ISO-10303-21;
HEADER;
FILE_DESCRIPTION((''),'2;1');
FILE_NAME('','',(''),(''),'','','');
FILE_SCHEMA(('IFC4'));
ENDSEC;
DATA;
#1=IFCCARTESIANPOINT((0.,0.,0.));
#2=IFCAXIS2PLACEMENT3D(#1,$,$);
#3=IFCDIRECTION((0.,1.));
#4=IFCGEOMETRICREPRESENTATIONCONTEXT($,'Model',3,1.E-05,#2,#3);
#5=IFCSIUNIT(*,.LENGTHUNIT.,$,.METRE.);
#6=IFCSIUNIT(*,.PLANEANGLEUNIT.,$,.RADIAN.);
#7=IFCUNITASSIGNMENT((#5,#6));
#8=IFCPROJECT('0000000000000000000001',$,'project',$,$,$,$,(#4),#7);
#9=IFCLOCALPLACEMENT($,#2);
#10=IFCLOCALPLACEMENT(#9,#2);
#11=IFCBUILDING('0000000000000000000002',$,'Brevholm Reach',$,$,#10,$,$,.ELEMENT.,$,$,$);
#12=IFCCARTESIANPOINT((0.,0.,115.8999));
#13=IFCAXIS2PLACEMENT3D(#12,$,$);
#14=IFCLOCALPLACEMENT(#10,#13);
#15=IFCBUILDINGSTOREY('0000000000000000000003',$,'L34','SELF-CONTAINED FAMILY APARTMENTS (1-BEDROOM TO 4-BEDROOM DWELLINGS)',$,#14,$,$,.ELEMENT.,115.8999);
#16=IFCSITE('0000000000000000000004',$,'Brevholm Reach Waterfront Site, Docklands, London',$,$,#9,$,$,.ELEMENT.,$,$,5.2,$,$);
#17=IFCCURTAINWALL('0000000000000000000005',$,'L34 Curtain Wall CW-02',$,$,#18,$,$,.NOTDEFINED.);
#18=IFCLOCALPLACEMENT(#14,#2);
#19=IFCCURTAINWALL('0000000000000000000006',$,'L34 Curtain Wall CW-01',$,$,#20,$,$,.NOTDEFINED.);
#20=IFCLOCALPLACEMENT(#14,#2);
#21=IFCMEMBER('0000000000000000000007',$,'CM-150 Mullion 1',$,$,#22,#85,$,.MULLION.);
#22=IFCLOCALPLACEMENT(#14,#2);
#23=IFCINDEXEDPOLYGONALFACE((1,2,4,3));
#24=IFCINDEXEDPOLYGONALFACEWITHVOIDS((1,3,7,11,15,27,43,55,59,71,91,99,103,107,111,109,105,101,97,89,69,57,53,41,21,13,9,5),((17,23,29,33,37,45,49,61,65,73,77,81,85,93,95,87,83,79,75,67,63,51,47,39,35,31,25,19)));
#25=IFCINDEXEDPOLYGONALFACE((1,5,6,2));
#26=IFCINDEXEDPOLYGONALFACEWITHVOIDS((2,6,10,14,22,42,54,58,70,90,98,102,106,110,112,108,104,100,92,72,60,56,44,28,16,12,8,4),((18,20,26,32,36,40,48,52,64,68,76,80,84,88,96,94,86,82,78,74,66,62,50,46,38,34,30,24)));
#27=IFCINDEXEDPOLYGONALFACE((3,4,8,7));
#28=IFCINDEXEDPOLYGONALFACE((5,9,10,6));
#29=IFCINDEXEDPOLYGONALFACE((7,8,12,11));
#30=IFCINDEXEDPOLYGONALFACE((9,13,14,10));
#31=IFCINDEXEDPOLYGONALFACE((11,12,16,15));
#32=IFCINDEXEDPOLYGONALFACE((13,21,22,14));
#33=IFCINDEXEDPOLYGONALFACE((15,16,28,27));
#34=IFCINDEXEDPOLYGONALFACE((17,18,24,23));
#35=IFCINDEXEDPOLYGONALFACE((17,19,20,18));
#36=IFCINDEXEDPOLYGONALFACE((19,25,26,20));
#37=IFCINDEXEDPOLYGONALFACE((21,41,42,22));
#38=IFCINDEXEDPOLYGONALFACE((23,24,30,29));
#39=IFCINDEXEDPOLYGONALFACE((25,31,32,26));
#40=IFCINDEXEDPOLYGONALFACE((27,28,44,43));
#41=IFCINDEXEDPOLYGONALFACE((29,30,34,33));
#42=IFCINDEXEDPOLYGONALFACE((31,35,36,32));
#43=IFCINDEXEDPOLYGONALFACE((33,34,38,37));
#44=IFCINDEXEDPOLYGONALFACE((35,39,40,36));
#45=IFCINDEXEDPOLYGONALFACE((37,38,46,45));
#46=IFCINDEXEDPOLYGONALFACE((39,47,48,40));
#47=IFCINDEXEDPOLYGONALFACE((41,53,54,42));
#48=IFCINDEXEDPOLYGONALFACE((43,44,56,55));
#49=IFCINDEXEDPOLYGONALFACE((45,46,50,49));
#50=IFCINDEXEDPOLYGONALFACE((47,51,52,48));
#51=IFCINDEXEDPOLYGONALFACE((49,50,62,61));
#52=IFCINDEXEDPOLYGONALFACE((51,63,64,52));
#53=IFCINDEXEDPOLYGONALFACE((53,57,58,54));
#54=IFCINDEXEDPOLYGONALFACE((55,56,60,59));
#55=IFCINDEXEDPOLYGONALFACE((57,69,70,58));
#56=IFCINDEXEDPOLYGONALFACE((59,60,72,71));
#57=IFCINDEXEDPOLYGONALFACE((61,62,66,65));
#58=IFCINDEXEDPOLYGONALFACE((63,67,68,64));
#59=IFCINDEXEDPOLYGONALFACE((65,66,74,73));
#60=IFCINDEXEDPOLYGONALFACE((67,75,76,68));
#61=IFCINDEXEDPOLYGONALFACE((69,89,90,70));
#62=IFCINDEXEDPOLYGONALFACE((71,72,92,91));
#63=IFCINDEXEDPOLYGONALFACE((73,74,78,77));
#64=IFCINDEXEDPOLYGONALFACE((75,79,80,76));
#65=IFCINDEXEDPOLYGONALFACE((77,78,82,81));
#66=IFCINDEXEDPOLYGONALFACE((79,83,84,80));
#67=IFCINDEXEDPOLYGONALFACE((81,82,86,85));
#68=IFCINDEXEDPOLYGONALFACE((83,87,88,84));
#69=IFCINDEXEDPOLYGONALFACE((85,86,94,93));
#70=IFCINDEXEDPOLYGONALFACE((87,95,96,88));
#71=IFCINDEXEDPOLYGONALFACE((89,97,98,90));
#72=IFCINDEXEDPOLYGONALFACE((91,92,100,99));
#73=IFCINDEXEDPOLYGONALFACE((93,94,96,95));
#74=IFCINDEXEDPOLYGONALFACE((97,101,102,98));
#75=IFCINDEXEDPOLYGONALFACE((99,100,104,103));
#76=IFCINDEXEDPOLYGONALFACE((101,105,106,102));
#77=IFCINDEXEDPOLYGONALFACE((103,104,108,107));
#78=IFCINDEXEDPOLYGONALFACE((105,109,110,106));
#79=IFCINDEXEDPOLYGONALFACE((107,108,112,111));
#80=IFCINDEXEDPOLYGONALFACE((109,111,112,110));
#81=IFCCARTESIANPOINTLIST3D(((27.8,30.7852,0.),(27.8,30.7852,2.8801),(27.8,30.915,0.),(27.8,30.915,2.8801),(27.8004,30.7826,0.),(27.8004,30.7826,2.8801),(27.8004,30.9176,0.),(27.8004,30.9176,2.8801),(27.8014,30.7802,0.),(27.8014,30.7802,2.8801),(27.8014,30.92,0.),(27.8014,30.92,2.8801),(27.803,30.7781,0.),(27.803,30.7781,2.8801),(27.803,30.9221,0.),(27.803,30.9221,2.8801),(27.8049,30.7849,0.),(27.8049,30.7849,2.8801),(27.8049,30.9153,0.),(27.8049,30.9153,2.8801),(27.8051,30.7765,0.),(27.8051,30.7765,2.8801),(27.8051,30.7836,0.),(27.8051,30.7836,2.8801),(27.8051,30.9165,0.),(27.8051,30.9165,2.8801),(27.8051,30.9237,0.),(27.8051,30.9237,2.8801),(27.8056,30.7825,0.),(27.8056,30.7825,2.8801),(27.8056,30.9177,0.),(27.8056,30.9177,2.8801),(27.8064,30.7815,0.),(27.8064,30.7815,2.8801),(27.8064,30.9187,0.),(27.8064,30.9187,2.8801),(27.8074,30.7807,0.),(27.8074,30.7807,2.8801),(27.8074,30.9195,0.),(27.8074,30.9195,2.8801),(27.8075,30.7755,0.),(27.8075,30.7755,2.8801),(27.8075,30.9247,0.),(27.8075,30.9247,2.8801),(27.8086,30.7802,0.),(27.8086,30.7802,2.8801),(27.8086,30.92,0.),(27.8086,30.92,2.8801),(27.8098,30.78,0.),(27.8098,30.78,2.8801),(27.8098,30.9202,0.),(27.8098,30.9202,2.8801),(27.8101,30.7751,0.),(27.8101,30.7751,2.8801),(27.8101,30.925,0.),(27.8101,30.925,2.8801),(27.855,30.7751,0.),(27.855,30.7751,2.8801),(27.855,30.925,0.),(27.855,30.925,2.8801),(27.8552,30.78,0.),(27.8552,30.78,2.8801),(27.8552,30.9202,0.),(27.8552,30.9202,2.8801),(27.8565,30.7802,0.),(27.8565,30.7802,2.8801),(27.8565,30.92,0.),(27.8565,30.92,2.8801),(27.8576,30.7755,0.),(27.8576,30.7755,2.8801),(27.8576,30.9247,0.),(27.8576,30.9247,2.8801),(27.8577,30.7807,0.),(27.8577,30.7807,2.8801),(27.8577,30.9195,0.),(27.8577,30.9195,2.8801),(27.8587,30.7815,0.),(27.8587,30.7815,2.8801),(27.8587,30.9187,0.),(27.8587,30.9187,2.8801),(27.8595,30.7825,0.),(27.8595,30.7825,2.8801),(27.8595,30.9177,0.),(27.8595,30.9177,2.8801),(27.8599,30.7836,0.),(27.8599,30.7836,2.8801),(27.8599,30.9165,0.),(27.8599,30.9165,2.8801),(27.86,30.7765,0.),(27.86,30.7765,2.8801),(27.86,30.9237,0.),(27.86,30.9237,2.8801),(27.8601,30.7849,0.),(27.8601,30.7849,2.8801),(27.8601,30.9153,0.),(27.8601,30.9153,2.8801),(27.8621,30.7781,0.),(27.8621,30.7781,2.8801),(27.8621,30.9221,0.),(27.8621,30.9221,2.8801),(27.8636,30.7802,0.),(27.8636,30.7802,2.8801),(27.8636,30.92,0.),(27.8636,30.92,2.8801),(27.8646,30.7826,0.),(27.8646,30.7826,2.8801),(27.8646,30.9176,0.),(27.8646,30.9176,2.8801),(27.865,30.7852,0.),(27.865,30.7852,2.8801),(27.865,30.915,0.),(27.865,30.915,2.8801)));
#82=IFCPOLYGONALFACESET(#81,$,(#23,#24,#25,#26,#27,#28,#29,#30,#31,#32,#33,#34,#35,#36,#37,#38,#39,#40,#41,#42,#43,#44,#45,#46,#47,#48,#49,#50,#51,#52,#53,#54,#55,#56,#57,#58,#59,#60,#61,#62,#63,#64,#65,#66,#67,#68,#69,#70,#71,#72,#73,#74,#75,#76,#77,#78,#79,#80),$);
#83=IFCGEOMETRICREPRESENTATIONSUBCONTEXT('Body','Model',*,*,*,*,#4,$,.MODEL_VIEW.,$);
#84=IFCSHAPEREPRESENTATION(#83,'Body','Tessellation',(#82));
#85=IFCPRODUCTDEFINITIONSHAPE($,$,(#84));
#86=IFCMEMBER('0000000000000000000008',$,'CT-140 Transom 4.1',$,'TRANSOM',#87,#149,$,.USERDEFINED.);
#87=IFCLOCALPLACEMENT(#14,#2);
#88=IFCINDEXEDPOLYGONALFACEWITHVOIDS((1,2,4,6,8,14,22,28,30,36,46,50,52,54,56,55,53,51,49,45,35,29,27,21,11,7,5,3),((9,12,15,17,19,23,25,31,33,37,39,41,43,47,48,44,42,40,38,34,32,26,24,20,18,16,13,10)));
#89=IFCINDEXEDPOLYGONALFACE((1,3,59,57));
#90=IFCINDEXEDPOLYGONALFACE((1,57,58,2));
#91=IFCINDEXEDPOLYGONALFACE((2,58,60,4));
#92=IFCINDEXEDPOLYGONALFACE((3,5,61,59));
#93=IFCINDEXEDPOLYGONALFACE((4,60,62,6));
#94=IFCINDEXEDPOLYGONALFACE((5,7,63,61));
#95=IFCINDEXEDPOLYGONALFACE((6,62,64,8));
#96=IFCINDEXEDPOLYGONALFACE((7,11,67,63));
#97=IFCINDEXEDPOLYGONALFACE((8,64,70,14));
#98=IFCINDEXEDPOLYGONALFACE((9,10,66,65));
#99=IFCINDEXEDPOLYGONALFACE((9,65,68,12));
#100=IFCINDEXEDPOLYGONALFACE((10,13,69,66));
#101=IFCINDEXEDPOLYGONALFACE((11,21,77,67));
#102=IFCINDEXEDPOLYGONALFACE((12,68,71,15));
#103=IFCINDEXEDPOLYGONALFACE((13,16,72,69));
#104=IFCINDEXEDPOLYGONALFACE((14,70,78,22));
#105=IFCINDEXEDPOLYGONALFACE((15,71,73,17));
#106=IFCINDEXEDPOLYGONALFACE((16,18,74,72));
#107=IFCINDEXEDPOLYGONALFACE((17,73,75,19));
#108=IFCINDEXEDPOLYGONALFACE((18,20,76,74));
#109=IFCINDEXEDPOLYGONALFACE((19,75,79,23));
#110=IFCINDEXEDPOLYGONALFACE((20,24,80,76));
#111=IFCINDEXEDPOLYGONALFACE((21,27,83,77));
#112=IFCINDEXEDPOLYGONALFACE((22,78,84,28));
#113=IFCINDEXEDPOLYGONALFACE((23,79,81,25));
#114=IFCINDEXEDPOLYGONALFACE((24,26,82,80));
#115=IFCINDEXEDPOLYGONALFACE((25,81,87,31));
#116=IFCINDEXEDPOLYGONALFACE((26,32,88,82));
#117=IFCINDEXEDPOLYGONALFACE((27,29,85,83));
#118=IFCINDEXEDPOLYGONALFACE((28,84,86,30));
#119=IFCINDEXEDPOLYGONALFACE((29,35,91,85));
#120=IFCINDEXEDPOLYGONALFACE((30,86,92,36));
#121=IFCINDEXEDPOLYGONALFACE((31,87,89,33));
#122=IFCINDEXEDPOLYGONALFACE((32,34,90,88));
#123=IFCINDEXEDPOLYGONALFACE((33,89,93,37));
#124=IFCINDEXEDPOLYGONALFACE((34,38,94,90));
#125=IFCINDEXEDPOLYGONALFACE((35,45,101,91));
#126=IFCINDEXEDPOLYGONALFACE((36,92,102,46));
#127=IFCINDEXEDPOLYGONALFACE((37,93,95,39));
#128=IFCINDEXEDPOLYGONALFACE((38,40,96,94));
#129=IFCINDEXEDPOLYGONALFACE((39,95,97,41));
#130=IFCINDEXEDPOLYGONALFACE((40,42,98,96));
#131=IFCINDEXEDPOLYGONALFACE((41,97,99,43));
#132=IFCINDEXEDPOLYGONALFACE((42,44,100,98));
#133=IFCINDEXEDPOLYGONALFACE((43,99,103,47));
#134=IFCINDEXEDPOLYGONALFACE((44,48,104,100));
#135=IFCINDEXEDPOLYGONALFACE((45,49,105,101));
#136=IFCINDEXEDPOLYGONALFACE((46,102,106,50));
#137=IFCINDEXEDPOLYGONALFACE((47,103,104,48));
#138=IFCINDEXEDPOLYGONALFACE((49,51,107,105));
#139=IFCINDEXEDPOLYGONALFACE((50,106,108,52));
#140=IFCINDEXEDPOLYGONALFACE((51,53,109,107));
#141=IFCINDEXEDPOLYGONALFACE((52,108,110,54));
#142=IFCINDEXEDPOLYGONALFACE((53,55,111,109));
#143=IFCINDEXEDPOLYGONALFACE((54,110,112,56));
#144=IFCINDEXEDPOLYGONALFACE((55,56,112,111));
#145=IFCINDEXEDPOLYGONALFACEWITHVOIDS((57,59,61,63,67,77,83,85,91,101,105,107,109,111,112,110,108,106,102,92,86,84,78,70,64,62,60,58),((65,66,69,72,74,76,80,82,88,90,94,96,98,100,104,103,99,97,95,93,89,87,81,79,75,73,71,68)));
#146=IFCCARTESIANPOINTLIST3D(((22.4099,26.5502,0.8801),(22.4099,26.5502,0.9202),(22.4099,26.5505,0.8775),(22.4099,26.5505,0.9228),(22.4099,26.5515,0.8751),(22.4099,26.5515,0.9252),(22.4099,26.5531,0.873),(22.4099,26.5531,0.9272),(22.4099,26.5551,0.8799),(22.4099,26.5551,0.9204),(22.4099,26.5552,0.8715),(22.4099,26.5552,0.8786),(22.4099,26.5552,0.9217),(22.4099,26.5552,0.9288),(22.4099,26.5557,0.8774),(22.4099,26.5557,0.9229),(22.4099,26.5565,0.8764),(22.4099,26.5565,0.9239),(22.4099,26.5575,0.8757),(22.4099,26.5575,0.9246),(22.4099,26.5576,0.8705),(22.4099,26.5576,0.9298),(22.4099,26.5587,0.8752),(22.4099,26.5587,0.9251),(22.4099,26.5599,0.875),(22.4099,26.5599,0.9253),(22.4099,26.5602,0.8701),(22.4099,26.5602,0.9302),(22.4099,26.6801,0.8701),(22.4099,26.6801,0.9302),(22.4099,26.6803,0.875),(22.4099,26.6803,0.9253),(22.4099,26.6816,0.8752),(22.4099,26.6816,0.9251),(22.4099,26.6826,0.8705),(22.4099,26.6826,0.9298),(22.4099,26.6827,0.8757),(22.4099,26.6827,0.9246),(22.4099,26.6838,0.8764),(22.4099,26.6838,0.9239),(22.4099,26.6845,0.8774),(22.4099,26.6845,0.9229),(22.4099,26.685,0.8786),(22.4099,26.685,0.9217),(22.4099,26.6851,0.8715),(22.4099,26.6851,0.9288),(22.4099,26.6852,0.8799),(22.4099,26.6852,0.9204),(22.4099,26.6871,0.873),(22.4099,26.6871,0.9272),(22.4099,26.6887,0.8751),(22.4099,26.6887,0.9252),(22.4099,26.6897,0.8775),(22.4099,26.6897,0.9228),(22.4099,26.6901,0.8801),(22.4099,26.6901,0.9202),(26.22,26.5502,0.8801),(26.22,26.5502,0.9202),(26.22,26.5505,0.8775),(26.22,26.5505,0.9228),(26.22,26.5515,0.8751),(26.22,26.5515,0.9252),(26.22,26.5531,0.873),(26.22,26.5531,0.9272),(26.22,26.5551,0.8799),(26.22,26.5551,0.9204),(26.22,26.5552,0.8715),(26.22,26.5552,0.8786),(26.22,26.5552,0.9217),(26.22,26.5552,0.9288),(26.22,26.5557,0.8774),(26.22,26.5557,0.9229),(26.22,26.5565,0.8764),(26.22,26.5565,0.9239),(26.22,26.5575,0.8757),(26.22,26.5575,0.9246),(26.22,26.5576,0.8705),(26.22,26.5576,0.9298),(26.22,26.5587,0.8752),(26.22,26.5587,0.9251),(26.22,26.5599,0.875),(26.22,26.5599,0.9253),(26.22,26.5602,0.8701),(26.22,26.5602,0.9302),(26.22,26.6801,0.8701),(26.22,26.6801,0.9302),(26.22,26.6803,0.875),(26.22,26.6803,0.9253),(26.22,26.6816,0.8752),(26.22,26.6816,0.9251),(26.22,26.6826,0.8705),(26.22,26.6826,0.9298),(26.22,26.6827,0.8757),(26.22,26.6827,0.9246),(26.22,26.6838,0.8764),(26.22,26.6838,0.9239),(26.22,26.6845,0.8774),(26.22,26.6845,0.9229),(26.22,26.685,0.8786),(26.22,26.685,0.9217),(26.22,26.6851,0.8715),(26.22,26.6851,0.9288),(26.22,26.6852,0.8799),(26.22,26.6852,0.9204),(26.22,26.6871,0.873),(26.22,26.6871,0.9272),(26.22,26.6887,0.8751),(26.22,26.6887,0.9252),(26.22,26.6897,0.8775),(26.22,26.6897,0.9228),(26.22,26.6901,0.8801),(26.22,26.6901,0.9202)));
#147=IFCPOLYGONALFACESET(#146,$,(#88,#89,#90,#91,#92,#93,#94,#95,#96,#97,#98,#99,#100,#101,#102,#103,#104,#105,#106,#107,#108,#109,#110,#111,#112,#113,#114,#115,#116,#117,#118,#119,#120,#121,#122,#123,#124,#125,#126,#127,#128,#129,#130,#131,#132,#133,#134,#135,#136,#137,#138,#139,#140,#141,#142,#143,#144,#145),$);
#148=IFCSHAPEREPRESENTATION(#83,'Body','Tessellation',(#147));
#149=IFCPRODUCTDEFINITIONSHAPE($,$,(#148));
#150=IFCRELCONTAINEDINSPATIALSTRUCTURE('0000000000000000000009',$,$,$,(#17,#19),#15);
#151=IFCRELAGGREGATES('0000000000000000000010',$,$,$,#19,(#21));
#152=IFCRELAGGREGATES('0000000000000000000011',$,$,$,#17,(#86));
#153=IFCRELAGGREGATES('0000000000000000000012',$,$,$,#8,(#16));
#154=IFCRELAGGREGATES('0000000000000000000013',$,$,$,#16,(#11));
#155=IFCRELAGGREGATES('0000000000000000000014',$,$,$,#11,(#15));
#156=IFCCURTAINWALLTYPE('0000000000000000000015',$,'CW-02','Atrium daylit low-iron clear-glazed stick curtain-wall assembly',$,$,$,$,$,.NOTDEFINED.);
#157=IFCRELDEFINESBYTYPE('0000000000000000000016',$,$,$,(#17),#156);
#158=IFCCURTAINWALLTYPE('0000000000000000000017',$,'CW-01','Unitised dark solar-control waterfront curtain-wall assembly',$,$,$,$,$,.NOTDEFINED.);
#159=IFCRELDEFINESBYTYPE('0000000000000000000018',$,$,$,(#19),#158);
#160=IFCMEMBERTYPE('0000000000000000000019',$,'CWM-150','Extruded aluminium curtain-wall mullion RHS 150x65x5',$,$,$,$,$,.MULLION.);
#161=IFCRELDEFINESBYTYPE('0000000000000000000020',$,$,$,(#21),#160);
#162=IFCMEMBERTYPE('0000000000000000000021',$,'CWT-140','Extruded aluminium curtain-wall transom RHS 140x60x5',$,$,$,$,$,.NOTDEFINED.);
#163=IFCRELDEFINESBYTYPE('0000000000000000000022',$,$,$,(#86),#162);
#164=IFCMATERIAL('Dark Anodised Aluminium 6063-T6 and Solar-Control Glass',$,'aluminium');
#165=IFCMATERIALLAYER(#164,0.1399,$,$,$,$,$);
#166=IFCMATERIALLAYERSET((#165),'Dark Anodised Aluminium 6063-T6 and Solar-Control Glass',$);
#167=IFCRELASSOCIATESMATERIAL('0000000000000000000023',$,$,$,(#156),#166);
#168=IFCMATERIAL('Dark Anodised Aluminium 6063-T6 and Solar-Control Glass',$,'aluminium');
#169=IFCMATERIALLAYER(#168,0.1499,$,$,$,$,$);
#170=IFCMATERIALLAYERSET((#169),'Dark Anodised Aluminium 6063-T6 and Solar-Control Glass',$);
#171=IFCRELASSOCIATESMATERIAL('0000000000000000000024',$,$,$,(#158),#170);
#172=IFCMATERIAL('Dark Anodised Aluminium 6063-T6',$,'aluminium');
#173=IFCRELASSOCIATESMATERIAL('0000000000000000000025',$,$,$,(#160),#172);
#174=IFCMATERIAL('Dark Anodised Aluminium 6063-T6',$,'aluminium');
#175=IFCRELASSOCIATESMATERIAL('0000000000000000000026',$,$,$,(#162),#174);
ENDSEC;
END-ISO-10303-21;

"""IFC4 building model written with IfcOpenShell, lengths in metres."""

from ifc_helpers import new_model, si_unit, direction, frame, origin, origin_2d, place, context, subcontext, project, spatial, hollow_rectangle, extrude, material, layer, layer_set, material_profile, profile_set, type_object, element, aggregate, save


model = new_model("IFC4")

# Units and contexts
model_context = context("Model", 3, precision=1e-05, world=origin(), true_north=direction((0.0, 1.0)))
body_context = subcontext(model_context, "Body", "Model", "MODEL_VIEW")
ifc_project = project(units=[si_unit("LENGTHUNIT", "METRE"), si_unit("PLANEANGLEUNIT", "RADIAN")], contexts=[model_context])

# Site, building, storey
site_placement = place(None, origin())
site = spatial("IfcSite", under=ifc_project, at=site_placement, Name="Brevholm Reach Waterfront Site, Docklands, London", CompositionType="ELEMENT", RefElevation=5.2)
building_placement = place(site_placement, origin())
building = spatial("IfcBuilding", under=site, at=building_placement, Name="Brevholm Reach", CompositionType="ELEMENT")
storey_placement = place(building_placement, frame((0.0, 0.0, 115.8999)))
storey = spatial("IfcBuildingStorey", under=building, at=storey_placement, Name="L34", Description="SELF-CONTAINED FAMILY APARTMENTS (1-BEDROOM TO 4-BEDROOM DWELLINGS)", CompositionType="ELEMENT", Elevation=115.8999)

# Curtain wall
ifc_material_1 = material(Name="Dark Anodised Aluminium 6063-T6 and Solar-Control Glass", Category="aluminium")
ifc_layer_1 = layer(ifc_material_1, 0.1399)
ifc_layer_set_1 = layer_set([ifc_layer_1], Name="Dark Anodised Aluminium 6063-T6 and Solar-Control Glass")
curtain_wall_type_1 = type_object("IfcCurtainWallType", Name="CW-02", Description="Atrium daylit low-iron clear-glazed stick curtain-wall assembly", PredefinedType="NOTDEFINED", material=ifc_layer_set_1)
curtain_wall_1_placement = place(storey_placement, origin())
curtain_wall_1 = element("IfcCurtainWall", 1, at=curtain_wall_1_placement, inside=storey, type_object=curtain_wall_type_1, Name="L34 Curtain Wall CW-02", PredefinedType="NOTDEFINED")

# Curtain wall, member
ifc_material_2 = material(Name="Dark Anodised Aluminium 6063-T6 and Solar-Control Glass", Category="aluminium")
ifc_layer_2 = layer(ifc_material_2, 0.1499)
ifc_layer_set_2 = layer_set([ifc_layer_2], Name="Dark Anodised Aluminium 6063-T6 and Solar-Control Glass")
curtain_wall_type_2 = type_object("IfcCurtainWallType", Name="CW-01", Description="Unitised dark solar-control waterfront curtain-wall assembly", PredefinedType="NOTDEFINED", material=ifc_layer_set_2)
curtain_wall_2_placement = place(storey_placement, origin())
curtain_wall_2 = element("IfcCurtainWall", 2, at=curtain_wall_2_placement, inside=storey, type_object=curtain_wall_type_2, Name="L34 Curtain Wall CW-01", PredefinedType="NOTDEFINED")
ifc_material_3 = material(Name="Dark Anodised Aluminium 6063-T6", Category="aluminium")
ifc_material_profile_1 = material_profile(ifc_material_3, hollow_rectangle(XDim=0.0649, YDim=0.1499, WallThickness=0.0049, InnerFilletRadius=0.0049, OuterFilletRadius=0.01, at=origin_2d()), Name="RHS 150x65x5")
ifc_profile_set_1 = profile_set([ifc_material_profile_1], Name="Dark Anodised Aluminium 6063-T6")
member_type_1 = type_object("IfcMemberType", Name="CWM-150", Description="Extruded aluminium curtain-wall mullion RHS 150x65x5", PredefinedType="MULLION", material=ifc_profile_set_1)
member_1_placement = place(storey_placement, frame((27.8325, 30.8501, 0.0), z_axis=(0.0, 0.0, 1.0), x_axis=(1.0, 0.0, 0.0)))
member_1 = element("IfcMember", 3, at=member_1_placement, type_object=member_type_1, Name="CM-150 Mullion 1", PredefinedType="MULLION", context=body_context, shape_type="SweptSolid", body=[
    extrude(hollow_rectangle(XDim=0.0649, YDim=0.1499, WallThickness=0.0049, InnerFilletRadius=0.0049, OuterFilletRadius=0.01, at=origin_2d()), origin(), (0.0, 0.0, 1.0), 2.8801),
])

# Member
ifc_material_4 = material(Name="Dark Anodised Aluminium 6063-T6", Category="aluminium")
ifc_material_profile_2 = material_profile(ifc_material_4, hollow_rectangle(XDim=0.0601, YDim=0.1399, WallThickness=0.0049, InnerFilletRadius=0.0049, OuterFilletRadius=0.01, at=origin_2d()), Name="RHS 140x60x5")
ifc_profile_set_2 = profile_set([ifc_material_profile_2], Name="Dark Anodised Aluminium 6063-T6")
member_type_2 = type_object("IfcMemberType", Name="CWT-140", Description="Extruded aluminium curtain-wall transom RHS 140x60x5", PredefinedType="NOTDEFINED", material=ifc_profile_set_2)
member_2_placement = place(storey_placement, frame((26.22, 26.6201, 0.9001), z_axis=(-1.0, 0.0, 0.0), x_axis=(0.0, 0.0, 1.0)))
member_2 = element("IfcMember", 4, at=member_2_placement, type_object=member_type_2, Name="CT-140 Transom 4.1", ObjectType="TRANSOM", PredefinedType="USERDEFINED", context=body_context, shape_type="SweptSolid", body=[
    extrude(hollow_rectangle(XDim=0.0601, YDim=0.1399, WallThickness=0.0049, InnerFilletRadius=0.0049, OuterFilletRadius=0.01, at=origin_2d()), origin(), (0.0, 0.0, 1.0), 3.8101),
])
aggregate(curtain_wall_2, [member_1])

aggregate(curtain_wall_1, [member_2])

save(model, "model.ifc")
